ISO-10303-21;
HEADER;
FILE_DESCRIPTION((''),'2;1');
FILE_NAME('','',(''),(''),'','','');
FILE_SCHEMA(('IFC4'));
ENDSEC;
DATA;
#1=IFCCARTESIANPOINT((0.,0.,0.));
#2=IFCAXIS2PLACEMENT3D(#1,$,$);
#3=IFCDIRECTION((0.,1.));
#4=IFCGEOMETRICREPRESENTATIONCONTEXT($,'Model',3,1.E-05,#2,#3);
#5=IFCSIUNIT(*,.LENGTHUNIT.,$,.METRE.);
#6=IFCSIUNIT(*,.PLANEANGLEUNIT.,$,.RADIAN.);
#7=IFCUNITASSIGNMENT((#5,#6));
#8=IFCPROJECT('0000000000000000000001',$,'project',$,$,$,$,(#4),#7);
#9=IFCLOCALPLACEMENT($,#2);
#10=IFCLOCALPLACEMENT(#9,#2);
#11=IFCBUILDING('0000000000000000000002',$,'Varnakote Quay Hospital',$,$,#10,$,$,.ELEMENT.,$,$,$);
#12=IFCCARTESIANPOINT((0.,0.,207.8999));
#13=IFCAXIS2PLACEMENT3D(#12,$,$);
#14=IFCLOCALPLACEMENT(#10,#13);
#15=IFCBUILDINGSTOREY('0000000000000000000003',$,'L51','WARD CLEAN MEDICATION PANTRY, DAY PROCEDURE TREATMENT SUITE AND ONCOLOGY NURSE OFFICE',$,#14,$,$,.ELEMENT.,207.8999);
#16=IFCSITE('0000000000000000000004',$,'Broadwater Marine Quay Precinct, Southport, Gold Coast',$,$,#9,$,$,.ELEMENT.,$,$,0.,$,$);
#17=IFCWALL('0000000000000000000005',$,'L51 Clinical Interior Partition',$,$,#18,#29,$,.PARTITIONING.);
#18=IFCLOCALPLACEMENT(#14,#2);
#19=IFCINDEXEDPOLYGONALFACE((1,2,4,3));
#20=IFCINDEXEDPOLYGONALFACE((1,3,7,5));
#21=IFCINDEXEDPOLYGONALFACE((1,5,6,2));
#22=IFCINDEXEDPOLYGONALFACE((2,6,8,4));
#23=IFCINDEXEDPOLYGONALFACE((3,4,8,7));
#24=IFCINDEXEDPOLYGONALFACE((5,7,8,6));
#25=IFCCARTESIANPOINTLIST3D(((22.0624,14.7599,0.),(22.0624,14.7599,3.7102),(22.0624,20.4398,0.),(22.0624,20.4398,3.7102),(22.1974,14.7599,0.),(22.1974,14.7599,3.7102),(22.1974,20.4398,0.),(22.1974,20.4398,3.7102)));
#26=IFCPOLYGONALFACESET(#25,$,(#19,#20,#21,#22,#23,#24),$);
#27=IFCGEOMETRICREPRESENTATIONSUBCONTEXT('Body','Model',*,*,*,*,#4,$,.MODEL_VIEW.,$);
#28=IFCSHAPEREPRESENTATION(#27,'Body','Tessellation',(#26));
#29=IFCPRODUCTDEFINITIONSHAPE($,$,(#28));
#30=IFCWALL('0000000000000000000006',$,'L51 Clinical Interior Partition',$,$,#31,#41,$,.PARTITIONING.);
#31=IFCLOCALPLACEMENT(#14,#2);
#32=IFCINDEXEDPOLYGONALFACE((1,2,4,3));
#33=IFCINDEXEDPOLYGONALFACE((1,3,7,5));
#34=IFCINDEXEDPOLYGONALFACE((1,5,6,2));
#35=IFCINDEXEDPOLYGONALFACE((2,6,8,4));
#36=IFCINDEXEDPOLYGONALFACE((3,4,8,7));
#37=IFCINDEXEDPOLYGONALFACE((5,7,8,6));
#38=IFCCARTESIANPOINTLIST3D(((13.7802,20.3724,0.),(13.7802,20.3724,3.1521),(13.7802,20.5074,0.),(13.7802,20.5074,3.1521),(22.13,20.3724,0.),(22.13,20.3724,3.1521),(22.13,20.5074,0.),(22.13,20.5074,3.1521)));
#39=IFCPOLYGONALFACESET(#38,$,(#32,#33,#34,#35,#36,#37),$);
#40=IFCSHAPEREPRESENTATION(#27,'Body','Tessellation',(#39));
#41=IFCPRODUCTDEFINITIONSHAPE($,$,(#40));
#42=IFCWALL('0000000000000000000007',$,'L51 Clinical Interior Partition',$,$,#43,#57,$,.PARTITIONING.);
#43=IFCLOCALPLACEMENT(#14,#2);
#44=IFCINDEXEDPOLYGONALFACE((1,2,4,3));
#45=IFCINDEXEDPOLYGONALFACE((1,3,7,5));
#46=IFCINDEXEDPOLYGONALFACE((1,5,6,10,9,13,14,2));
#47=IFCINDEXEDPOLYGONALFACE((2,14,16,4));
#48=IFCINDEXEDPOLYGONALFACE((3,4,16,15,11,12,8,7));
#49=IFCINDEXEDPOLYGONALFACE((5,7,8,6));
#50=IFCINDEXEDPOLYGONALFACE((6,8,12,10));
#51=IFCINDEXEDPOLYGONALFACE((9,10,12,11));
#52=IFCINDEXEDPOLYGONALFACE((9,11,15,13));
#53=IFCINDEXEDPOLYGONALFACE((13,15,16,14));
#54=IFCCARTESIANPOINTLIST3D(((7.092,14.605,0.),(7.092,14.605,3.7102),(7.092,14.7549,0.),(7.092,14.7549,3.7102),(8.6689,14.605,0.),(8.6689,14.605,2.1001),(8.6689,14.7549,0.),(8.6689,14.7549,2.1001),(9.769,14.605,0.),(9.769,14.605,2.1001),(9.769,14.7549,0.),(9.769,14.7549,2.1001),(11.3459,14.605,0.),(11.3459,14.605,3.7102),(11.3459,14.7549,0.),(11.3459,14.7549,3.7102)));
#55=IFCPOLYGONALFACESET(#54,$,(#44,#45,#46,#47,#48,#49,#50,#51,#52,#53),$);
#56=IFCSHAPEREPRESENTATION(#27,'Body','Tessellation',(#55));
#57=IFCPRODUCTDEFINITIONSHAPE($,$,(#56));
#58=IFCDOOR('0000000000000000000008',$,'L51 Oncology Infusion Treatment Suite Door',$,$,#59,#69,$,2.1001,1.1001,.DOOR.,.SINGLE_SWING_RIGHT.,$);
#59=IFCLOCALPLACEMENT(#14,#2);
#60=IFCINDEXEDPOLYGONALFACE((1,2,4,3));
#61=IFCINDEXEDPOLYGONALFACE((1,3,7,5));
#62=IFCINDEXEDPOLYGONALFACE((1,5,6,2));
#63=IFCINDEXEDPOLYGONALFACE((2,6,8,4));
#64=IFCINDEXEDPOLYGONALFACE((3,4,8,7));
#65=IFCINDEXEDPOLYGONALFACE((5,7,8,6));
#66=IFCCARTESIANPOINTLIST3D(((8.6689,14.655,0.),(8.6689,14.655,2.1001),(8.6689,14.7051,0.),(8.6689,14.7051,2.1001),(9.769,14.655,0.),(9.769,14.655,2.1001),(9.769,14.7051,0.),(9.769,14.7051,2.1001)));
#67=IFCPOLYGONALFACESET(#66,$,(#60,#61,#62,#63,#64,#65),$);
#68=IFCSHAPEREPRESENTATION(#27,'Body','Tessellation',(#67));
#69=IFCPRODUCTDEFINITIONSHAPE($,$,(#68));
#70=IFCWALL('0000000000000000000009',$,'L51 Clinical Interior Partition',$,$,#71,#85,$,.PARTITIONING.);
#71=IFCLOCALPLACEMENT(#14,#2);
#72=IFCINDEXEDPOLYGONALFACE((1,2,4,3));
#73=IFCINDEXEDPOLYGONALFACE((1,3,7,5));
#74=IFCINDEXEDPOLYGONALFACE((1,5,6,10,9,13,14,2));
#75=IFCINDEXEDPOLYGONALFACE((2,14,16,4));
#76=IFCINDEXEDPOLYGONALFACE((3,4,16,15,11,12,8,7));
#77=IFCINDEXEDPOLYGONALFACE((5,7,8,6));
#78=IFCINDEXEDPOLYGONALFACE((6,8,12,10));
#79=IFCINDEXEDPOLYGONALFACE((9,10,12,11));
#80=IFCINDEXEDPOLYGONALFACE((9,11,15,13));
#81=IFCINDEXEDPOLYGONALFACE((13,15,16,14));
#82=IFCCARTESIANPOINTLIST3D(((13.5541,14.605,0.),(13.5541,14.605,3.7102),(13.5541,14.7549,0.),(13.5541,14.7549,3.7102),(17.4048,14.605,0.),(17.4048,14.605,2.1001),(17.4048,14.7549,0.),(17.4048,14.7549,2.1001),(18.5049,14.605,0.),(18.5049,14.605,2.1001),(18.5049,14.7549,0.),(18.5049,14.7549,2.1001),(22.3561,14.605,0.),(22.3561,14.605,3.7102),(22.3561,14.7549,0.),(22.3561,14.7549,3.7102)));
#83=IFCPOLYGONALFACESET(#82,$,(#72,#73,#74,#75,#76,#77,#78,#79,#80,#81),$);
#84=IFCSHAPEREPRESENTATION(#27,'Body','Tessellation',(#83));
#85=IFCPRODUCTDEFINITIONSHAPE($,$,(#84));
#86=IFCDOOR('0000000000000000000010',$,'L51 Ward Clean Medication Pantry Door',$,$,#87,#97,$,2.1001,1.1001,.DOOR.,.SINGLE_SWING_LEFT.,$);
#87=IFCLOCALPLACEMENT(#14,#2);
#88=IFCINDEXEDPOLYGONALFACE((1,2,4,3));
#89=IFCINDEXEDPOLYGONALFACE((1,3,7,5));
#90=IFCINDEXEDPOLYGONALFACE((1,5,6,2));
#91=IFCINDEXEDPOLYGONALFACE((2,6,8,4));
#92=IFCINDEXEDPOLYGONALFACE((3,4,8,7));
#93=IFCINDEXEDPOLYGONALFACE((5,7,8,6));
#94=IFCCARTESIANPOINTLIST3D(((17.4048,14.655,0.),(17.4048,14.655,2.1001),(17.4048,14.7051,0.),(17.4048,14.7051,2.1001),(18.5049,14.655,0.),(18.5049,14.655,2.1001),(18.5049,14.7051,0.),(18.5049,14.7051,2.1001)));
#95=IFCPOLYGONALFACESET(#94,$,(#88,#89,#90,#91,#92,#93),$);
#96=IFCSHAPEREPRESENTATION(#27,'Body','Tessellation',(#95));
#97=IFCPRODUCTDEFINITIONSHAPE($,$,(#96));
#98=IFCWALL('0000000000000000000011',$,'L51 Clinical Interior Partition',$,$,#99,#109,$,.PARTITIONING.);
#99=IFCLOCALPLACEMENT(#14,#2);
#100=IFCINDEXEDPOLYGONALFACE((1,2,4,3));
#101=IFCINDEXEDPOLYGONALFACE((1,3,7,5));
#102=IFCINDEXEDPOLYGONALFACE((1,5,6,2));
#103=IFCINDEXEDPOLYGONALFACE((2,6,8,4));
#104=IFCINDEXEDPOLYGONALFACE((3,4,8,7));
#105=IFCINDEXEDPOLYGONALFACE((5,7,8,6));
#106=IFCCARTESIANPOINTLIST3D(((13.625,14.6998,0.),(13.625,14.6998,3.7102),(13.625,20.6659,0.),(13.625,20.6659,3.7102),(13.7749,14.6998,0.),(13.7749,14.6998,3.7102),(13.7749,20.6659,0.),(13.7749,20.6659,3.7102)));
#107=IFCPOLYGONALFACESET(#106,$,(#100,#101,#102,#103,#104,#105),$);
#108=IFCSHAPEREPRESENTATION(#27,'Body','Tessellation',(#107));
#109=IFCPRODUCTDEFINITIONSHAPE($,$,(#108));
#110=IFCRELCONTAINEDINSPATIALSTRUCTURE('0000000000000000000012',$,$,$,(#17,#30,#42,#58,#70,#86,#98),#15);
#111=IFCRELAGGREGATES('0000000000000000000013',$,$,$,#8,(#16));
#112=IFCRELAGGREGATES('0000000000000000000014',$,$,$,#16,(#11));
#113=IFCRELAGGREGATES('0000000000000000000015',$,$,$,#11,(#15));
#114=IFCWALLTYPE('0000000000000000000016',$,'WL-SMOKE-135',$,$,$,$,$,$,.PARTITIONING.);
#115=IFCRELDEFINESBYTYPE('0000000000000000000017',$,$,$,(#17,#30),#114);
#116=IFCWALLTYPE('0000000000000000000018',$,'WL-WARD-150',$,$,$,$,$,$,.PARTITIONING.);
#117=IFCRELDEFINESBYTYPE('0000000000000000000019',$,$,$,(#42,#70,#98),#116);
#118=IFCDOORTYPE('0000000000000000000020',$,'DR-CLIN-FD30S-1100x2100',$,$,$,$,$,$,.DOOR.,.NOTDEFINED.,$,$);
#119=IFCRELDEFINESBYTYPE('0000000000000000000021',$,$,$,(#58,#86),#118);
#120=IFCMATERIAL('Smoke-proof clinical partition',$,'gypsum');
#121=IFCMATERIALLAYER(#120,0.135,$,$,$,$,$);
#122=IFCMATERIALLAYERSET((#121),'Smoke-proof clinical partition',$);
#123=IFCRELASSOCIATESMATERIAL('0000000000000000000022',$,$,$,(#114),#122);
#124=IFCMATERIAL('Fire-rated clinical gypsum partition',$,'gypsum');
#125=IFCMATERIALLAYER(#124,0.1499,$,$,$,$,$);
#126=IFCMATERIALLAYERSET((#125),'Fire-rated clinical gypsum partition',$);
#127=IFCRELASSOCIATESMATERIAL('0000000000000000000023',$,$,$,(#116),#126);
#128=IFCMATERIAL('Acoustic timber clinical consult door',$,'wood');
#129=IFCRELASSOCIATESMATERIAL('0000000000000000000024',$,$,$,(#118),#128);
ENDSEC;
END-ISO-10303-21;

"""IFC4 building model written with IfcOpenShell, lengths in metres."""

from ifc_helpers import new_model, si_unit, direction, frame, frame_2d, origin, place, context, subcontext, project, spatial, rectangle, extrude, material, layer, layer_set, type_object, element, fill, save


model = new_model("IFC4")

# Units and contexts
model_context = context("Model", 3, precision=1e-05, world=origin(), true_north=direction((0.0, 1.0)))
body_context = subcontext(model_context, "Body", "Model", "MODEL_VIEW")
ifc_project = project(units=[si_unit("LENGTHUNIT", "METRE"), si_unit("PLANEANGLEUNIT", "RADIAN")], contexts=[model_context])

# Site, building, storey
site_placement = place(None, origin())
site = spatial("IfcSite", under=ifc_project, at=site_placement, Name="Broadwater Marine Quay Precinct, Southport, Gold Coast", CompositionType="ELEMENT", RefElevation=0.0)
building_placement = place(site_placement, origin())
building = spatial("IfcBuilding", under=site, at=building_placement, Name="Varnakote Quay Hospital", CompositionType="ELEMENT")
storey_placement = place(building_placement, frame((0.0, 0.0, 207.8999)))
storey = spatial("IfcBuildingStorey", under=building, at=storey_placement, Name="L51", Description="WARD CLEAN MEDICATION PANTRY, DAY PROCEDURE TREATMENT SUITE AND ONCOLOGY NURSE OFFICE", CompositionType="ELEMENT", Elevation=207.8999)

# Walls
ifc_material_1 = material(Name="Smoke-proof clinical partition", Category="gypsum")
ifc_layer_1 = layer(ifc_material_1, 0.135)
ifc_layer_set_1 = layer_set([ifc_layer_1], Name="Smoke-proof clinical partition")
wall_type_1 = type_object("IfcWallType", Name="WL-SMOKE-135", PredefinedType="PARTITIONING", material=ifc_layer_set_1)
wall_1_placement = place(storey_placement, frame((22.1299, 14.76, 0.0), z_axis=(0.0, 0.0, 1.0), x_axis=(0.0, 1.0, 0.0)))
element("IfcWall", 1, at=wall_1_placement, inside=storey, type_object=wall_type_1, Name="L51 Clinical Interior Partition", PredefinedType="PARTITIONING", context=body_context, shape_type="SweptSolid", body=[
    extrude(rectangle(XDim=5.6799, YDim=0.135, at=frame_2d((2.8398, 0.0))), origin(), (0.0, 0.0, 1.0), 3.7102),
])
wall_2_placement = place(storey_placement, frame((22.1299, 20.4399, 0.0), z_axis=(0.0, 0.0, 1.0), x_axis=(-1.0, 0.0, 0.0)))
element("IfcWall", 2, at=wall_2_placement, inside=storey, type_object=wall_type_1, Name="L51 Clinical Interior Partition", PredefinedType="PARTITIONING", context=body_context, shape_type="SweptSolid", body=[
    extrude(rectangle(XDim=8.3499, YDim=0.135, at=frame_2d((4.1748, 0.0))), origin(), (0.0, 0.0, 1.0), 3.1521),
])

# Walls, openings, doors
ifc_material_2 = material(Name="Fire-rated clinical gypsum partition", Category="gypsum")
ifc_layer_2 = layer(ifc_material_2, 0.1499)
ifc_layer_set_2 = layer_set([ifc_layer_2], Name="Fire-rated clinical gypsum partition")
wall_type_2 = type_object("IfcWallType", Name="WL-WARD-150", PredefinedType="PARTITIONING", material=ifc_layer_set_2)
wall_3_placement = place(storey_placement, frame((11.3459, 14.6799, 0.0), z_axis=(0.0, 0.0, 1.0), x_axis=(-1.0, 0.0, 0.0)))
wall_3 = element("IfcWall", 3, at=wall_3_placement, inside=storey, type_object=wall_type_2, Name="L51 Clinical Interior Partition", PredefinedType="PARTITIONING", context=body_context, shape_type="SweptSolid", body=[
    extrude(rectangle(XDim=4.2539, YDim=0.1499, at=frame_2d((2.127, 0.0))), origin(), (0.0, 0.0, 1.0), 3.7102),
])
opening_1_placement = place(wall_3_placement, frame((1.5769, 0.0, 0.0)))
opening_1 = element("IfcOpeningElement", 4, at=opening_1_placement, cuts=wall_3, PredefinedType="OPENING", context=body_context, shape_type="SweptSolid", body=[
    extrude(rectangle(XDim=1.1001, YDim=2.1001, at=frame_2d((0.55, 1.05))), frame((0.0, 0.085, 0.0), z_axis=(0.0, -1.0, 0.0), x_axis=(1.0, 0.0, 0.0)), (0.0, 0.0, 1.0), 0.1699),
])
ifc_material_3 = material(Name="Acoustic timber clinical consult door", Category="wood")
door_type_1 = type_object("IfcDoorType", Name="DR-CLIN-FD30S-1100x2100", OperationType="NOTDEFINED", PredefinedType="DOOR", material=ifc_material_3)
door_1_placement = place(opening_1_placement, origin())
door_1 = element("IfcDoor", 5, at=door_1_placement, inside=storey, type_object=door_type_1, Name="L51 Oncology Infusion Treatment Suite Door", OperationType="SINGLE_SWING_RIGHT", OverallHeight=2.1001, OverallWidth=1.1001, PredefinedType="DOOR", context=body_context, shape_type="SweptSolid", body=[
    extrude(rectangle(XDim=1.1001, YDim=2.1001, at=frame_2d((0.55, 1.05))), frame((0.0, 0.0249, 0.0), z_axis=(0.0, -1.0, 0.0), x_axis=(1.0, 0.0, 0.0)), (0.0, 0.0, 1.0), 0.05),
])
fill(opening_1, door_1)
wall_4_placement = place(storey_placement, frame((22.356, 14.6799, 0.0), z_axis=(0.0, 0.0, 1.0), x_axis=(-1.0, 0.0, 0.0)))
wall_4 = element("IfcWall", 6, at=wall_4_placement, inside=storey, type_object=wall_type_2, Name="L51 Clinical Interior Partition", PredefinedType="PARTITIONING", context=body_context, shape_type="SweptSolid", body=[
    extrude(rectangle(XDim=8.802, YDim=0.1499, at=frame_2d((4.4009, 0.0))), origin(), (0.0, 0.0, 1.0), 3.7102),
])
opening_2_placement = place(wall_4_placement, frame((3.8511, 0.0, 0.0)))
opening_2 = element("IfcOpeningElement", 7, at=opening_2_placement, cuts=wall_4, PredefinedType="OPENING", context=body_context, shape_type="SweptSolid", body=[
    extrude(rectangle(XDim=1.1001, YDim=2.1001, at=frame_2d((0.55, 1.05))), frame((0.0, 0.085, 0.0), z_axis=(0.0, -1.0, 0.0), x_axis=(1.0, 0.0, 0.0)), (0.0, 0.0, 1.0), 0.1699),
])
door_2_placement = place(opening_2_placement, origin())
door_2 = element("IfcDoor", 8, at=door_2_placement, inside=storey, type_object=door_type_1, Name="L51 Ward Clean Medication Pantry Door", OperationType="SINGLE_SWING_LEFT", OverallHeight=2.1001, OverallWidth=1.1001, PredefinedType="DOOR", context=body_context, shape_type="SweptSolid", body=[
    extrude(rectangle(XDim=1.1001, YDim=2.1001, at=frame_2d((0.55, 1.05))), frame((0.0, 0.0249, 0.0), z_axis=(0.0, -1.0, 0.0), x_axis=(1.0, 0.0, 0.0)), (0.0, 0.0, 1.0), 0.05),
])
fill(opening_2, door_2)

# Wall
wall_5_placement = place(storey_placement, frame((13.7, 14.7, 0.0), z_axis=(0.0, 0.0, 1.0), x_axis=(0.0, 1.0, 0.0)))
element("IfcWall", 9, at=wall_5_placement, inside=storey, type_object=wall_type_2, Name="L51 Clinical Interior Partition", PredefinedType="PARTITIONING", context=body_context, shape_type="SweptSolid", body=[
    extrude(rectangle(XDim=5.9661, YDim=0.1499, at=frame_2d((2.9829, 0.0))), origin(), (0.0, 0.0, 1.0), 3.7102),
])

save(model, "model.ifc")
